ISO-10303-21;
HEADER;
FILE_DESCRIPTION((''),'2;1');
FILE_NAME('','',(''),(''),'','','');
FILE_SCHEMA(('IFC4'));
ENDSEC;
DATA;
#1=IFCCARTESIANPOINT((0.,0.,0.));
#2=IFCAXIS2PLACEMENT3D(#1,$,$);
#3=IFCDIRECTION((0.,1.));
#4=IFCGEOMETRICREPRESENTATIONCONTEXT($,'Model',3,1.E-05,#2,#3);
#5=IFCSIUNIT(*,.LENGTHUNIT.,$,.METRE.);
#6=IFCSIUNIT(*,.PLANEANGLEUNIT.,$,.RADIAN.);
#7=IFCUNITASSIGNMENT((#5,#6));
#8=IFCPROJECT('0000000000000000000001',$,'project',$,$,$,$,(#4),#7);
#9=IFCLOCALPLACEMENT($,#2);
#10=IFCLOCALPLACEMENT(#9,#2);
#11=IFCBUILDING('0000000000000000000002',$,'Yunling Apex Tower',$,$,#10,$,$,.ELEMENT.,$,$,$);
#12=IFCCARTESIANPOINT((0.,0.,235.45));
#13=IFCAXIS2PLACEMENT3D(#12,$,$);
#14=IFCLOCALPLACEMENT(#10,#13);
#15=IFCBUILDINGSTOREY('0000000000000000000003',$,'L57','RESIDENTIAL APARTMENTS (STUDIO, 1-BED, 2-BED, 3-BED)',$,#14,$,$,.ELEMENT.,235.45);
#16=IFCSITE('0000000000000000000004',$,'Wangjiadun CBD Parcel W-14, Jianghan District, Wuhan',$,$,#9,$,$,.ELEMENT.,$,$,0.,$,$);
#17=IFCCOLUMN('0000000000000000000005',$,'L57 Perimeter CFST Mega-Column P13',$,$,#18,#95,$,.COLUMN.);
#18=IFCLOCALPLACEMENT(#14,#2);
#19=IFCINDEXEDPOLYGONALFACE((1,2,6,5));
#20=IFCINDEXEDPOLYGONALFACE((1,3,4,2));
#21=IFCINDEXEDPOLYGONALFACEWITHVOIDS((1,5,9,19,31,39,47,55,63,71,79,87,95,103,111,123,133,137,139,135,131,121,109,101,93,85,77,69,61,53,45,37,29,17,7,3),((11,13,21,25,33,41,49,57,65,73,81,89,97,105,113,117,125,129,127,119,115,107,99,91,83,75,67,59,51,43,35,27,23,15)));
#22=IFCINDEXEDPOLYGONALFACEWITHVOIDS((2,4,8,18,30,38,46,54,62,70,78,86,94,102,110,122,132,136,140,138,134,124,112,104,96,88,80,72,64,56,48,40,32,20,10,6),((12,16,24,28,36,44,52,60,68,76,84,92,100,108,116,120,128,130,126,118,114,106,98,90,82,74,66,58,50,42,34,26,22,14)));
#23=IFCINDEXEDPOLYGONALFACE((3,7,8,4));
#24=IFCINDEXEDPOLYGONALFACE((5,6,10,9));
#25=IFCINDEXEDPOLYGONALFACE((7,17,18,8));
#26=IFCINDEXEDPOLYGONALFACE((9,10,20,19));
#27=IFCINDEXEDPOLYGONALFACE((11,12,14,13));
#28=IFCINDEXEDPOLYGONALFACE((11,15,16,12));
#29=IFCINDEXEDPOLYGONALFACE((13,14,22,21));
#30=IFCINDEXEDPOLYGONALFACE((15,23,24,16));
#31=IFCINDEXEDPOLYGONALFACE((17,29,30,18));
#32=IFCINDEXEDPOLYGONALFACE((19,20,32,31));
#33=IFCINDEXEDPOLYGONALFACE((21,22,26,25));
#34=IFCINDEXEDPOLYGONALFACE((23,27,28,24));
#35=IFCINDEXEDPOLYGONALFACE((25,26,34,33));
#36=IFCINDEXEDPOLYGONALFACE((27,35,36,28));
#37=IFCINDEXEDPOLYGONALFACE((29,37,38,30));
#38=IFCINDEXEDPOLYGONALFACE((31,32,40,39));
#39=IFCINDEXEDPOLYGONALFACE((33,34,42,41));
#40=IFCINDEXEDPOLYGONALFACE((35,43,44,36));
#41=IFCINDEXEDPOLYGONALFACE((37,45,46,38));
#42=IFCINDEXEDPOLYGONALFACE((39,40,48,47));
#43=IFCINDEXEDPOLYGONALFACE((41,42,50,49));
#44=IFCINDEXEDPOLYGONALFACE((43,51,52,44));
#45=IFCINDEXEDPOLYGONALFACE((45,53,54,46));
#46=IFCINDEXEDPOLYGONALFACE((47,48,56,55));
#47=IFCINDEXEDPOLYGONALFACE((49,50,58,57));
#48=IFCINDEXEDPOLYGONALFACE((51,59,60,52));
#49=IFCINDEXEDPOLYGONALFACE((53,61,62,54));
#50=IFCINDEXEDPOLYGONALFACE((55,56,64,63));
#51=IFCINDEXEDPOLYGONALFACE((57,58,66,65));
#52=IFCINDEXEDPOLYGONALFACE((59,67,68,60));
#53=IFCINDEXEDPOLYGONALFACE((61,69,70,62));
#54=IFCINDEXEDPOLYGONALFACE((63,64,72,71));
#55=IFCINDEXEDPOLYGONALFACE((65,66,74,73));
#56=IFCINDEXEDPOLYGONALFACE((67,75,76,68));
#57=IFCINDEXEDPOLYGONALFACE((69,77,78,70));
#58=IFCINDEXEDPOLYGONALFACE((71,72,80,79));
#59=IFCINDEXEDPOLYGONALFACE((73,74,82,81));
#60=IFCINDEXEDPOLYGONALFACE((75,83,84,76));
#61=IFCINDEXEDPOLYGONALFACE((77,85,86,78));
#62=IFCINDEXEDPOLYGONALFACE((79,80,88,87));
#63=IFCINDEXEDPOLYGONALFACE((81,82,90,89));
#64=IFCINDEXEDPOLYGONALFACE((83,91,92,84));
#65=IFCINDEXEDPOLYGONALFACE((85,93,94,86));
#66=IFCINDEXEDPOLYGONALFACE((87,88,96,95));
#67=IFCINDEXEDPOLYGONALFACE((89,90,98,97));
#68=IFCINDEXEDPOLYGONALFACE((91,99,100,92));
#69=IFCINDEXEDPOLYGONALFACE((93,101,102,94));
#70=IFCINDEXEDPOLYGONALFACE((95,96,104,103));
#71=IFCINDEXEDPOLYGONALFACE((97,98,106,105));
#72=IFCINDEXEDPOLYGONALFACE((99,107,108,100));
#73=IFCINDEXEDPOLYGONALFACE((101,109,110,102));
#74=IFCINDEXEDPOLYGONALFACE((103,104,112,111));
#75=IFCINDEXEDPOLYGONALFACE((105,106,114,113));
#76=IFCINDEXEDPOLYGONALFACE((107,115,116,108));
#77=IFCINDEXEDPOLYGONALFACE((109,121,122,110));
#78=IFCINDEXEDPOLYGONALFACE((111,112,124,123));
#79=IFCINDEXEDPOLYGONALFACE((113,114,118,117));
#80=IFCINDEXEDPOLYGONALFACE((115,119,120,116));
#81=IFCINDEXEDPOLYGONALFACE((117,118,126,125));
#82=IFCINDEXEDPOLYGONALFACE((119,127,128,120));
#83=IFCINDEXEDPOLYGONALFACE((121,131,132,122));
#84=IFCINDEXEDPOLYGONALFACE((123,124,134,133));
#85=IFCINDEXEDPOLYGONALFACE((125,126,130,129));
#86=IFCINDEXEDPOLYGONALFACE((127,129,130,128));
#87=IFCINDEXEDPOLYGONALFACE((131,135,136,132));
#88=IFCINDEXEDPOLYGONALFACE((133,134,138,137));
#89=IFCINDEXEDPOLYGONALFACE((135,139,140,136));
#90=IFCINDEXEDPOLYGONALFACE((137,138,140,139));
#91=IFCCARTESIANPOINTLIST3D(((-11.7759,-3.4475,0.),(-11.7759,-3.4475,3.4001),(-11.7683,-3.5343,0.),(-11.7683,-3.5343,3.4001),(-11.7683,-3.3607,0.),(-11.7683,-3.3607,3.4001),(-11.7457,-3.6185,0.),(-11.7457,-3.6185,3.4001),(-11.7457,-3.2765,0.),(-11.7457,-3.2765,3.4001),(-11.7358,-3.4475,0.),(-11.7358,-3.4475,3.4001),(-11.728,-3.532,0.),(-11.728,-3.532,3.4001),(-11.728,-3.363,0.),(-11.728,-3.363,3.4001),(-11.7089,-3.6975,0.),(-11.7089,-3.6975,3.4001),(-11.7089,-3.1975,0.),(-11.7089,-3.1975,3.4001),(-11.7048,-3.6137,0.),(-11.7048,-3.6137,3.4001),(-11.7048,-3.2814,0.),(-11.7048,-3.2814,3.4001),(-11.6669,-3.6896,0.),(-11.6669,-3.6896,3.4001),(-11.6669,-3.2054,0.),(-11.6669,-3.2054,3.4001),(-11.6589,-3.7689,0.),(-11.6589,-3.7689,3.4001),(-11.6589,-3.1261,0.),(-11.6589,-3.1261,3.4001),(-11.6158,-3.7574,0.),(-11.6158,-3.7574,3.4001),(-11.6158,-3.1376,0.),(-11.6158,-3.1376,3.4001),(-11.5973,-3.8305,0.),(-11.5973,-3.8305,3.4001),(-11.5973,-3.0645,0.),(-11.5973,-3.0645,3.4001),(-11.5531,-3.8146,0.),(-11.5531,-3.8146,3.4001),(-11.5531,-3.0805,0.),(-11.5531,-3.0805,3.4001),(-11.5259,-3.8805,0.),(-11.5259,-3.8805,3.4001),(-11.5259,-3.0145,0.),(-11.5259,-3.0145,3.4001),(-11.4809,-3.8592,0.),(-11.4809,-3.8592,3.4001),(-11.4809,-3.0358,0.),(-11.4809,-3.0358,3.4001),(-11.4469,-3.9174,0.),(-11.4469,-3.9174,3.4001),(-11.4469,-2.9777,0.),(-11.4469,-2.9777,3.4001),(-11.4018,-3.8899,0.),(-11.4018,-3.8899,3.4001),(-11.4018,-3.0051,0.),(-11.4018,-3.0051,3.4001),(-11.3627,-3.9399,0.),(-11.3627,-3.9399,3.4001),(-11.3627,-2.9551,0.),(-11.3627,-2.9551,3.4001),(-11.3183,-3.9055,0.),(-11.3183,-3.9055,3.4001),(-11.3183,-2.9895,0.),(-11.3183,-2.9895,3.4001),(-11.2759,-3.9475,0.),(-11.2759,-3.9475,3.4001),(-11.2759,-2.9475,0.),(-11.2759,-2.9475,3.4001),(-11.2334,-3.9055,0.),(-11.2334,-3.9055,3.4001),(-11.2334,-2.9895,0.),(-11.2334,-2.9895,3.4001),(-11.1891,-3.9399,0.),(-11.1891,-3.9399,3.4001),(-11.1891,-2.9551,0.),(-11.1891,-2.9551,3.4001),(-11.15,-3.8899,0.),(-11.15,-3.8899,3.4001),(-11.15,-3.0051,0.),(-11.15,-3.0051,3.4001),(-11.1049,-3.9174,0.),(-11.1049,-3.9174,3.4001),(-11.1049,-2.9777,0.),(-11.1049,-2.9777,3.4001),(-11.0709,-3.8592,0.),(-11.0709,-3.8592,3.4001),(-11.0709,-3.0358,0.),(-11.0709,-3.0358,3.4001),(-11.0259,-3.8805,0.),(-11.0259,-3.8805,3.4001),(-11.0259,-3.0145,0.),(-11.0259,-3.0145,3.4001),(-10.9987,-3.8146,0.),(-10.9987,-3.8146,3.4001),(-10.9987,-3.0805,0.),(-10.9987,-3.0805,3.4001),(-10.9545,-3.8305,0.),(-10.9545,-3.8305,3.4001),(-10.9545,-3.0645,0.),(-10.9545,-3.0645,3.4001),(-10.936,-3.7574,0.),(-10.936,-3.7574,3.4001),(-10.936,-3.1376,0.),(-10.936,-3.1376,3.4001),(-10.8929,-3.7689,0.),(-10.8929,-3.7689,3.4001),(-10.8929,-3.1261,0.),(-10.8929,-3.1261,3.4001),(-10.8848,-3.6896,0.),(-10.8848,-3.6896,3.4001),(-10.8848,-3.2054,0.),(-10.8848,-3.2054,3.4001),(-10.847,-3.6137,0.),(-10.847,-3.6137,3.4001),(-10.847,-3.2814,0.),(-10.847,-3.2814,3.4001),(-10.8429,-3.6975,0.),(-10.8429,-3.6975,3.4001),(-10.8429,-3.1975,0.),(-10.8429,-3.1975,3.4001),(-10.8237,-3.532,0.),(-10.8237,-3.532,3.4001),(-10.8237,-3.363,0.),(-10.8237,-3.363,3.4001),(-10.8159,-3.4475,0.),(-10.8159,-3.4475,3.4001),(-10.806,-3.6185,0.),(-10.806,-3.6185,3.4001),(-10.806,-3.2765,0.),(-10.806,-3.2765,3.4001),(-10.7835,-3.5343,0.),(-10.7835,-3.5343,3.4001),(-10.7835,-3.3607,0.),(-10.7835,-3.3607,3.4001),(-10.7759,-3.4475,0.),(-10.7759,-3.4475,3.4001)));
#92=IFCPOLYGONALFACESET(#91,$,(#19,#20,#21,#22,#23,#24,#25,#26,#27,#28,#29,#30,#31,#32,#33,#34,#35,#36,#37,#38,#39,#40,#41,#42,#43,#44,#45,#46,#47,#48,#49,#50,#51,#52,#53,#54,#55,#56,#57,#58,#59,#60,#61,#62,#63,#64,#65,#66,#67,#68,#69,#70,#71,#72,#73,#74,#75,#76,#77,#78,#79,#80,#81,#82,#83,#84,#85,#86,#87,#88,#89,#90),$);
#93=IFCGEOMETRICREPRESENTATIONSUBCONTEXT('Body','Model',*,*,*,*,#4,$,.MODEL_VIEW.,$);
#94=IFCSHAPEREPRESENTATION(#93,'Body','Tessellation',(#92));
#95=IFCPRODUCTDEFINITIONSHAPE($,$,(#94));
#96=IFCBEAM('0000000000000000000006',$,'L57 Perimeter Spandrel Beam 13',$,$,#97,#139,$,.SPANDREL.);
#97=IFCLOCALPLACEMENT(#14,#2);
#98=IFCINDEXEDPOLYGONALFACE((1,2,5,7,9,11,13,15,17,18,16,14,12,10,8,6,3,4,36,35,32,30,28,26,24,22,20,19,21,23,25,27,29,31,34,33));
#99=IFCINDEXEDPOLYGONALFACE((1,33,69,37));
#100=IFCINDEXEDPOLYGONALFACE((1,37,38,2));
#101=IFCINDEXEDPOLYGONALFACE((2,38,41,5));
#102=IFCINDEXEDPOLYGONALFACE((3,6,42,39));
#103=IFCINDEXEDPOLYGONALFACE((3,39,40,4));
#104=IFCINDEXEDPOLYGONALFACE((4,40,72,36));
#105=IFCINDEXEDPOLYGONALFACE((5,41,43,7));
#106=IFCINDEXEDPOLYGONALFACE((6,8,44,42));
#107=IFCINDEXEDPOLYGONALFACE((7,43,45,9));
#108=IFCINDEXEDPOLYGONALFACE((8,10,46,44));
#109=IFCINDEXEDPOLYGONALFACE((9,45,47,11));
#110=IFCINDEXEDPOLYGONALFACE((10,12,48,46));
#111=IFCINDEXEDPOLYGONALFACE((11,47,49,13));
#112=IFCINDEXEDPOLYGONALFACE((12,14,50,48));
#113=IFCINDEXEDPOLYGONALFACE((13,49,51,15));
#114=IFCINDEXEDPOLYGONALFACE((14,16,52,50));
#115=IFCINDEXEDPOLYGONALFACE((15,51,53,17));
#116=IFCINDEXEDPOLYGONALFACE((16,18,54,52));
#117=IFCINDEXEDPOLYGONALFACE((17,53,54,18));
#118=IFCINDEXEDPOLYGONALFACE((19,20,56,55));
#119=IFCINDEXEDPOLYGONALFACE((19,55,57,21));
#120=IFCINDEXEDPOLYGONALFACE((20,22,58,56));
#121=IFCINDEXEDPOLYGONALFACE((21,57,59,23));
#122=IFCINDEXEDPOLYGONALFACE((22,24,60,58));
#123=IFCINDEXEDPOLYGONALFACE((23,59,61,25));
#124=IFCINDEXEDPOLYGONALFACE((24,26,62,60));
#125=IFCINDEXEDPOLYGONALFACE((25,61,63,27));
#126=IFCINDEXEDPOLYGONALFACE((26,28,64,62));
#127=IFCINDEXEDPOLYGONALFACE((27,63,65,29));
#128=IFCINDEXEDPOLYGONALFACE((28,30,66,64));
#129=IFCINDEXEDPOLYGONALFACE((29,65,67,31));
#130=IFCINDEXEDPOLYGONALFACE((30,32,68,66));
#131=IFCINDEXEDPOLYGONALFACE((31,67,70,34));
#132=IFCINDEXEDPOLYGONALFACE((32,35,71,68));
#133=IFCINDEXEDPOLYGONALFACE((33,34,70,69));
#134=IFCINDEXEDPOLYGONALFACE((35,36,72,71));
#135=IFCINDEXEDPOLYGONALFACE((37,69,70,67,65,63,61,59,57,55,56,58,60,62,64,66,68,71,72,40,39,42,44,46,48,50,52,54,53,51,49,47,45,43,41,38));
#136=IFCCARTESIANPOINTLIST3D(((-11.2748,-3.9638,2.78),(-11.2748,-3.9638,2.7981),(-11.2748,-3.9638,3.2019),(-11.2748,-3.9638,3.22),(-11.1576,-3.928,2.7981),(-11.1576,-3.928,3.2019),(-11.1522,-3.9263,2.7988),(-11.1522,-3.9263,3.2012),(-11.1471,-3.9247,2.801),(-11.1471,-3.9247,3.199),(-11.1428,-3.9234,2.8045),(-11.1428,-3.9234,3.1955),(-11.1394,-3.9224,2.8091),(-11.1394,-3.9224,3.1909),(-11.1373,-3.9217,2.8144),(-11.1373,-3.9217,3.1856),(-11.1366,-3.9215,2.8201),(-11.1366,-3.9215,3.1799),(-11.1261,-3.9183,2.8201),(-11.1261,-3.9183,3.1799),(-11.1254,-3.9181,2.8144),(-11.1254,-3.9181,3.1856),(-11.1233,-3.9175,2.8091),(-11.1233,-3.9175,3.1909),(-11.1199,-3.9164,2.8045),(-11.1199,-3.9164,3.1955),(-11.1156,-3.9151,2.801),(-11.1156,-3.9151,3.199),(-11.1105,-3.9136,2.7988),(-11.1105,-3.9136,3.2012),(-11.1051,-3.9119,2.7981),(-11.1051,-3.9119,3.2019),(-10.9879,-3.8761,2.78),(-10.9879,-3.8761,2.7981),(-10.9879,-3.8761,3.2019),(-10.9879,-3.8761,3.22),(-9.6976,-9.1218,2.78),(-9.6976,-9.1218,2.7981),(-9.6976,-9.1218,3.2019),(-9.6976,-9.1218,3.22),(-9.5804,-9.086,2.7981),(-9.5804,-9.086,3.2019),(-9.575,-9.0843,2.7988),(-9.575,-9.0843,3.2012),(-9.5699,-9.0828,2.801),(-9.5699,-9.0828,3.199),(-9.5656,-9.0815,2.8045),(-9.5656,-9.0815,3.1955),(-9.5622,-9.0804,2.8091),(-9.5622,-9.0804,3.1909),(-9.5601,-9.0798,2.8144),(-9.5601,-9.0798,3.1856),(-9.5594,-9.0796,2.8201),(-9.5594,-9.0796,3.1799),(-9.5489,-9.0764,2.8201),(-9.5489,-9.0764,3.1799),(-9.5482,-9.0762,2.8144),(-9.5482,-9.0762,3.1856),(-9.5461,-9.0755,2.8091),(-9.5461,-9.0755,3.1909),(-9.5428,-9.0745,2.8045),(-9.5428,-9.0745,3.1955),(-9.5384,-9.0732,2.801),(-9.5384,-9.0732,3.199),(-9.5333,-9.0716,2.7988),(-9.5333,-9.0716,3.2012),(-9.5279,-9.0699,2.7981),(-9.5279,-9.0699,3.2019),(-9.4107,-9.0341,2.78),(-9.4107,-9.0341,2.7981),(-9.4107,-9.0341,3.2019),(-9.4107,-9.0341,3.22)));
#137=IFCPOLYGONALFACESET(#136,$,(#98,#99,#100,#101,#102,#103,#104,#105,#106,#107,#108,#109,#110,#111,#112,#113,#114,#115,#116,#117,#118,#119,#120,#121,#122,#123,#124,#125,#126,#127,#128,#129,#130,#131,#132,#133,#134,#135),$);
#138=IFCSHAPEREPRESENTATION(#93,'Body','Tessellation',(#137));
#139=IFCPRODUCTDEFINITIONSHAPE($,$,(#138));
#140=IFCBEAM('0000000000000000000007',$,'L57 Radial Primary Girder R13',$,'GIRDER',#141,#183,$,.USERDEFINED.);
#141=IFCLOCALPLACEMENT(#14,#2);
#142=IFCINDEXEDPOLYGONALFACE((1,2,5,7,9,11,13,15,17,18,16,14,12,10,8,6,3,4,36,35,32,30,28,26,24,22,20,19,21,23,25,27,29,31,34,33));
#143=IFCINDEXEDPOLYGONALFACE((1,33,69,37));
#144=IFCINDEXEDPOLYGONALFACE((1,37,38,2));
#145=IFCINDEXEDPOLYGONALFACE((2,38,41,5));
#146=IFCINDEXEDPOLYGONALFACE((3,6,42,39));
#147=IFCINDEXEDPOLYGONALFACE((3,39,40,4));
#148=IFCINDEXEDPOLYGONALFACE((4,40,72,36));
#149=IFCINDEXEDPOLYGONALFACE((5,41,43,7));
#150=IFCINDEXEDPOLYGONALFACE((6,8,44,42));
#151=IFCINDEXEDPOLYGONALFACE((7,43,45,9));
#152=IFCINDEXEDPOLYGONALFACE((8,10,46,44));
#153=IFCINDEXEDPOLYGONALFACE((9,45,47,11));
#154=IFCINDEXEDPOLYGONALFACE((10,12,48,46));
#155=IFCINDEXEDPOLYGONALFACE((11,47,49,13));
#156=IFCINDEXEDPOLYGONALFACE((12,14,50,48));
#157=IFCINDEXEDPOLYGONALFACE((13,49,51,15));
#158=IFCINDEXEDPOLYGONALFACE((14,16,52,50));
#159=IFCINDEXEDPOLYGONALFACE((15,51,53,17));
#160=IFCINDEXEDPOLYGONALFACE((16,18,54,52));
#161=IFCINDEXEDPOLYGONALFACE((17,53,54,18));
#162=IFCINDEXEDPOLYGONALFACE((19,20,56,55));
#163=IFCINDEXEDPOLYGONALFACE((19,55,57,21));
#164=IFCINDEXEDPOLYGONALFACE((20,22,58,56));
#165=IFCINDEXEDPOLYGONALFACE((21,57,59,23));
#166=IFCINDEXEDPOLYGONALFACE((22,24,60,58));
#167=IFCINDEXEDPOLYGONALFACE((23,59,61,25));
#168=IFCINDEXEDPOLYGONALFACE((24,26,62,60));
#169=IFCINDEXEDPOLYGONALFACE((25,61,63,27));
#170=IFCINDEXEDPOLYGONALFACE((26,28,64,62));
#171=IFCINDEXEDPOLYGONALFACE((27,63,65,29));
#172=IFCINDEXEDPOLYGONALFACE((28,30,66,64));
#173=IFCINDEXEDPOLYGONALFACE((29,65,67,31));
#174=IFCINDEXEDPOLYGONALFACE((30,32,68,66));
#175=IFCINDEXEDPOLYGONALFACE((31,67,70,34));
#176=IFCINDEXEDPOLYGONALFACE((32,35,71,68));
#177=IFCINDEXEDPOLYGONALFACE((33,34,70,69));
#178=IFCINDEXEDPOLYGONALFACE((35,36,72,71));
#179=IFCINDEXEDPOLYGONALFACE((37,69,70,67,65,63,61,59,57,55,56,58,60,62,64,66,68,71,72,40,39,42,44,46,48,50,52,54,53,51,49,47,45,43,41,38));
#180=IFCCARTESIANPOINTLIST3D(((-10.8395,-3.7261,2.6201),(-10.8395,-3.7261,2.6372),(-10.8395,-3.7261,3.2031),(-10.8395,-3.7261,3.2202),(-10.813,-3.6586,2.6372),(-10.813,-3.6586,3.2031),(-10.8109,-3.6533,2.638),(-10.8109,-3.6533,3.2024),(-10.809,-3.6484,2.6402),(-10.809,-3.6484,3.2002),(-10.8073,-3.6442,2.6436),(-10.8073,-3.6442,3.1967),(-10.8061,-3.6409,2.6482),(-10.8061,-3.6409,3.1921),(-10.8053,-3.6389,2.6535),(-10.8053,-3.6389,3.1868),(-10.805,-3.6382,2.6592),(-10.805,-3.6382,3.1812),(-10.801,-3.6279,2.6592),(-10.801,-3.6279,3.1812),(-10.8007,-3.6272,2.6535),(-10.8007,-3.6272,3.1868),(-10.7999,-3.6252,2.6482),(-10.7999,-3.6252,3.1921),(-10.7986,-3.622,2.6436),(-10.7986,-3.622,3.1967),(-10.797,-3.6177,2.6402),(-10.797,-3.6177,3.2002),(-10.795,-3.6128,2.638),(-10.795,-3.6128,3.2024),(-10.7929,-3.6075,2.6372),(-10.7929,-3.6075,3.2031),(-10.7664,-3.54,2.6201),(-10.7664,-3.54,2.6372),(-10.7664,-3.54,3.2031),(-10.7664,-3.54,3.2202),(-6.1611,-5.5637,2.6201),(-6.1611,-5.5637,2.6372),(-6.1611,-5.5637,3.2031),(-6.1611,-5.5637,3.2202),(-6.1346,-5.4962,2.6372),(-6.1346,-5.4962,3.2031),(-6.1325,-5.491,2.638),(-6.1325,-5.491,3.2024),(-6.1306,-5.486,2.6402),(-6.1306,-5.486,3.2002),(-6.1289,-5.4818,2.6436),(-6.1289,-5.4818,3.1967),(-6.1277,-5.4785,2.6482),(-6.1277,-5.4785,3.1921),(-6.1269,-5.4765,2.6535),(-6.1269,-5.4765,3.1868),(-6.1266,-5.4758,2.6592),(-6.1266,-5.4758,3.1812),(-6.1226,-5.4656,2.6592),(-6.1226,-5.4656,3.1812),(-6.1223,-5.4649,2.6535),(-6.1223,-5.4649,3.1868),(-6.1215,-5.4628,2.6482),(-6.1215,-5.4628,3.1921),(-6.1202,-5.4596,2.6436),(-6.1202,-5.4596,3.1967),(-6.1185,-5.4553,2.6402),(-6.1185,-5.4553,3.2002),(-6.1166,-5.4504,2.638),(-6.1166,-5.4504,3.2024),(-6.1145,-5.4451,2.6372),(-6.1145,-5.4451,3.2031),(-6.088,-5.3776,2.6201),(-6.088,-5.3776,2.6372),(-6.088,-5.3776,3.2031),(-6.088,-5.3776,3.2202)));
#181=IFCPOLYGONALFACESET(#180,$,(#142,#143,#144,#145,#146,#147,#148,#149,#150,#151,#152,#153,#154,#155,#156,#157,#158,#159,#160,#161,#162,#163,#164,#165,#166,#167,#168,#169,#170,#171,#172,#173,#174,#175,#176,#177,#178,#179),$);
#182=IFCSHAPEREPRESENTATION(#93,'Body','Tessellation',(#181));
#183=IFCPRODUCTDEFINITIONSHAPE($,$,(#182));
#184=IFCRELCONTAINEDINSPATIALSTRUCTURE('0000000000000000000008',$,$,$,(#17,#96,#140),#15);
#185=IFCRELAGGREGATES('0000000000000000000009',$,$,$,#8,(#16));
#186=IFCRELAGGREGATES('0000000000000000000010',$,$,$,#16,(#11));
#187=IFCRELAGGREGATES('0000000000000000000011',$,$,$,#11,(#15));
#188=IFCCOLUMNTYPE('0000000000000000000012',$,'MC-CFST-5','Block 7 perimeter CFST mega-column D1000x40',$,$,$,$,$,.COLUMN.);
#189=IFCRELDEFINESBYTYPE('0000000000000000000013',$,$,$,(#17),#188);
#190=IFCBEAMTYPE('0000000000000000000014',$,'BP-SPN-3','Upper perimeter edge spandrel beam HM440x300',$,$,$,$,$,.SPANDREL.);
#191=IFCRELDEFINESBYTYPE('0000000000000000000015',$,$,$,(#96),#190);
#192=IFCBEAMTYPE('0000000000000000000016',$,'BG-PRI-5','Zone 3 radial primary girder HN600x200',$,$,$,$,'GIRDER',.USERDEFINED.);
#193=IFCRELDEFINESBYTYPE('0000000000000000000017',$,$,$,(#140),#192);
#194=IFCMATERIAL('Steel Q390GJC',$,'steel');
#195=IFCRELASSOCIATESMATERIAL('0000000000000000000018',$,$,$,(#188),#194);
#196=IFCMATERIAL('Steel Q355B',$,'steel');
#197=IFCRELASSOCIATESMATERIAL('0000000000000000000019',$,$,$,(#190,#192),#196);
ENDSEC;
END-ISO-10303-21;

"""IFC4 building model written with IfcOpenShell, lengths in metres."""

from ifc_helpers import new_model, si_unit, direction, frame, origin, origin_2d, place, context, subcontext, project, spatial, hollow_circle, i_section, extrude, source, transform, mapped, material, material_profile, profile_set, type_object, element, save


model = new_model("IFC4")

# Units and contexts
model_context = context("Model", 3, precision=1e-05, world=origin(), true_north=direction((0.0, 1.0)))
body_context = subcontext(model_context, "Body", "Model", "MODEL_VIEW")
ifc_project = project(units=[si_unit("LENGTHUNIT", "METRE"), si_unit("PLANEANGLEUNIT", "RADIAN")], contexts=[model_context])

# Site, building, storey
site_placement = place(None, origin())
site = spatial("IfcSite", under=ifc_project, at=site_placement, Name="Wangjiadun CBD Parcel W-14, Jianghan District, Wuhan", CompositionType="ELEMENT", RefElevation=0.0)
building_placement = place(site_placement, origin())
building = spatial("IfcBuilding", under=site, at=building_placement, Name="Yunling Apex Tower", CompositionType="ELEMENT")
storey_placement = place(building_placement, frame((0.0, 0.0, 235.45)))
storey = spatial("IfcBuildingStorey", under=building, at=storey_placement, Name="L57", Description="RESIDENTIAL APARTMENTS (STUDIO, 1-BED, 2-BED, 3-BED)", CompositionType="ELEMENT", Elevation=235.45)

# Column
ifc_material_1 = material(Name="Steel Q390GJC", Category="steel")
ifc_material_profile_1 = material_profile(ifc_material_1, hollow_circle(Radius=0.5, WallThickness=0.04, at=origin_2d()))
ifc_profile_set_1 = profile_set([ifc_material_profile_1], Name="Steel Q390GJC")
column_type = type_object("IfcColumnType", Name="MC-CFST-5", Description="Block 7 perimeter CFST mega-column D1000x40", PredefinedType="COLUMN", material=ifc_profile_set_1)
shared_shape_1 = source(origin(), body_context, "Body", "SweptSolid", [
    extrude(hollow_circle(Radius=0.5, WallThickness=0.04, at=origin_2d()), origin(), (0.0, 0.0, 1.0), 3.4001),
])
column_placement = place(storey_placement, frame((-11.2759, -3.4475, 0.0), z_axis=(0.0, 0.0, 1.0), x_axis=(1.0, 0.0, 0.0)))
element("IfcColumn", 1, at=column_placement, inside=storey, type_object=column_type, Name="L57 Perimeter CFST Mega-Column P13", PredefinedType="COLUMN", context=body_context, shape_type="MappedRepresentation", body=[
    mapped(shared_shape_1, transform((0.0, 0.0, 0.0), scale=1.0)),
])

# Beams
ifc_material_2 = material(Name="Steel Q355B", Category="steel")
ifc_material_profile_2 = material_profile(ifc_material_2, i_section(OverallWidth=0.3, OverallDepth=0.4399, WebThickness=0.011, FlangeThickness=0.0181, FilletRadius=0.022, at=origin_2d()))
ifc_profile_set_2 = profile_set([ifc_material_profile_2], Name="Steel Q355B")
beam_type_1 = type_object("IfcBeamType", Name="BP-SPN-3", Description="Upper perimeter edge spandrel beam HM440x300", PredefinedType="SPANDREL", material=ifc_profile_set_2)
shared_shape_2 = source(origin(), body_context, "Body", "SweptSolid", [
    extrude(i_section(OverallWidth=0.3, OverallDepth=0.4399, WebThickness=0.011, FlangeThickness=0.0181, FilletRadius=0.022, at=origin_2d()), origin(), (0.0, 0.0, 1.0), 5.3938),
])
beam_1_placement = place(storey_placement, frame((-11.1313, -3.9199, 3.0), z_axis=(0.292406, -0.956294, 0.0), x_axis=(0.956294, 0.292406, 0.0)))
element("IfcBeam", 2, at=beam_1_placement, inside=storey, type_object=beam_type_1, Name="L57 Perimeter Spandrel Beam 13", PredefinedType="SPANDREL", context=body_context, shape_type="MappedRepresentation", body=[
    mapped(shared_shape_2, transform((0.0, 0.0, 0.0), scale=1.0)),
])
ifc_material_profile_3 = material_profile(ifc_material_2, i_section(OverallWidth=0.2, OverallDepth=0.6001, WebThickness=0.011, FlangeThickness=0.0171, FilletRadius=0.022, at=origin_2d()))
ifc_profile_set_3 = profile_set([ifc_material_profile_3], Name="Steel Q355B")
beam_type_2 = type_object("IfcBeamType", Name="BG-PRI-5", Description="Zone 3 radial primary girder HN600x200", ElementType="GIRDER", PredefinedType="USERDEFINED", material=ifc_profile_set_3)
shared_shape_3 = source(origin(), body_context, "Body", "SweptSolid", [
    extrude(i_section(OverallWidth=0.2, OverallDepth=0.6001, WebThickness=0.011, FlangeThickness=0.0171, FilletRadius=0.022, at=origin_2d()), origin(), (0.0, 0.0, 1.0), 5.0264),
])
beam_2_placement = place(storey_placement, frame((-10.803, -3.6331, 2.9202), z_axis=(0.930773, -0.365597, 0.0), x_axis=(0.365597, 0.930773, 0.0)))
element("IfcBeam", 3, at=beam_2_placement, inside=storey, type_object=beam_type_2, Name="L57 Radial Primary Girder R13", ObjectType="GIRDER", PredefinedType="USERDEFINED", context=body_context, shape_type="MappedRepresentation", body=[
    mapped(shared_shape_3, transform((0.0, 0.0, 0.0), scale=1.0)),
])

save(model, "model.ifc")
